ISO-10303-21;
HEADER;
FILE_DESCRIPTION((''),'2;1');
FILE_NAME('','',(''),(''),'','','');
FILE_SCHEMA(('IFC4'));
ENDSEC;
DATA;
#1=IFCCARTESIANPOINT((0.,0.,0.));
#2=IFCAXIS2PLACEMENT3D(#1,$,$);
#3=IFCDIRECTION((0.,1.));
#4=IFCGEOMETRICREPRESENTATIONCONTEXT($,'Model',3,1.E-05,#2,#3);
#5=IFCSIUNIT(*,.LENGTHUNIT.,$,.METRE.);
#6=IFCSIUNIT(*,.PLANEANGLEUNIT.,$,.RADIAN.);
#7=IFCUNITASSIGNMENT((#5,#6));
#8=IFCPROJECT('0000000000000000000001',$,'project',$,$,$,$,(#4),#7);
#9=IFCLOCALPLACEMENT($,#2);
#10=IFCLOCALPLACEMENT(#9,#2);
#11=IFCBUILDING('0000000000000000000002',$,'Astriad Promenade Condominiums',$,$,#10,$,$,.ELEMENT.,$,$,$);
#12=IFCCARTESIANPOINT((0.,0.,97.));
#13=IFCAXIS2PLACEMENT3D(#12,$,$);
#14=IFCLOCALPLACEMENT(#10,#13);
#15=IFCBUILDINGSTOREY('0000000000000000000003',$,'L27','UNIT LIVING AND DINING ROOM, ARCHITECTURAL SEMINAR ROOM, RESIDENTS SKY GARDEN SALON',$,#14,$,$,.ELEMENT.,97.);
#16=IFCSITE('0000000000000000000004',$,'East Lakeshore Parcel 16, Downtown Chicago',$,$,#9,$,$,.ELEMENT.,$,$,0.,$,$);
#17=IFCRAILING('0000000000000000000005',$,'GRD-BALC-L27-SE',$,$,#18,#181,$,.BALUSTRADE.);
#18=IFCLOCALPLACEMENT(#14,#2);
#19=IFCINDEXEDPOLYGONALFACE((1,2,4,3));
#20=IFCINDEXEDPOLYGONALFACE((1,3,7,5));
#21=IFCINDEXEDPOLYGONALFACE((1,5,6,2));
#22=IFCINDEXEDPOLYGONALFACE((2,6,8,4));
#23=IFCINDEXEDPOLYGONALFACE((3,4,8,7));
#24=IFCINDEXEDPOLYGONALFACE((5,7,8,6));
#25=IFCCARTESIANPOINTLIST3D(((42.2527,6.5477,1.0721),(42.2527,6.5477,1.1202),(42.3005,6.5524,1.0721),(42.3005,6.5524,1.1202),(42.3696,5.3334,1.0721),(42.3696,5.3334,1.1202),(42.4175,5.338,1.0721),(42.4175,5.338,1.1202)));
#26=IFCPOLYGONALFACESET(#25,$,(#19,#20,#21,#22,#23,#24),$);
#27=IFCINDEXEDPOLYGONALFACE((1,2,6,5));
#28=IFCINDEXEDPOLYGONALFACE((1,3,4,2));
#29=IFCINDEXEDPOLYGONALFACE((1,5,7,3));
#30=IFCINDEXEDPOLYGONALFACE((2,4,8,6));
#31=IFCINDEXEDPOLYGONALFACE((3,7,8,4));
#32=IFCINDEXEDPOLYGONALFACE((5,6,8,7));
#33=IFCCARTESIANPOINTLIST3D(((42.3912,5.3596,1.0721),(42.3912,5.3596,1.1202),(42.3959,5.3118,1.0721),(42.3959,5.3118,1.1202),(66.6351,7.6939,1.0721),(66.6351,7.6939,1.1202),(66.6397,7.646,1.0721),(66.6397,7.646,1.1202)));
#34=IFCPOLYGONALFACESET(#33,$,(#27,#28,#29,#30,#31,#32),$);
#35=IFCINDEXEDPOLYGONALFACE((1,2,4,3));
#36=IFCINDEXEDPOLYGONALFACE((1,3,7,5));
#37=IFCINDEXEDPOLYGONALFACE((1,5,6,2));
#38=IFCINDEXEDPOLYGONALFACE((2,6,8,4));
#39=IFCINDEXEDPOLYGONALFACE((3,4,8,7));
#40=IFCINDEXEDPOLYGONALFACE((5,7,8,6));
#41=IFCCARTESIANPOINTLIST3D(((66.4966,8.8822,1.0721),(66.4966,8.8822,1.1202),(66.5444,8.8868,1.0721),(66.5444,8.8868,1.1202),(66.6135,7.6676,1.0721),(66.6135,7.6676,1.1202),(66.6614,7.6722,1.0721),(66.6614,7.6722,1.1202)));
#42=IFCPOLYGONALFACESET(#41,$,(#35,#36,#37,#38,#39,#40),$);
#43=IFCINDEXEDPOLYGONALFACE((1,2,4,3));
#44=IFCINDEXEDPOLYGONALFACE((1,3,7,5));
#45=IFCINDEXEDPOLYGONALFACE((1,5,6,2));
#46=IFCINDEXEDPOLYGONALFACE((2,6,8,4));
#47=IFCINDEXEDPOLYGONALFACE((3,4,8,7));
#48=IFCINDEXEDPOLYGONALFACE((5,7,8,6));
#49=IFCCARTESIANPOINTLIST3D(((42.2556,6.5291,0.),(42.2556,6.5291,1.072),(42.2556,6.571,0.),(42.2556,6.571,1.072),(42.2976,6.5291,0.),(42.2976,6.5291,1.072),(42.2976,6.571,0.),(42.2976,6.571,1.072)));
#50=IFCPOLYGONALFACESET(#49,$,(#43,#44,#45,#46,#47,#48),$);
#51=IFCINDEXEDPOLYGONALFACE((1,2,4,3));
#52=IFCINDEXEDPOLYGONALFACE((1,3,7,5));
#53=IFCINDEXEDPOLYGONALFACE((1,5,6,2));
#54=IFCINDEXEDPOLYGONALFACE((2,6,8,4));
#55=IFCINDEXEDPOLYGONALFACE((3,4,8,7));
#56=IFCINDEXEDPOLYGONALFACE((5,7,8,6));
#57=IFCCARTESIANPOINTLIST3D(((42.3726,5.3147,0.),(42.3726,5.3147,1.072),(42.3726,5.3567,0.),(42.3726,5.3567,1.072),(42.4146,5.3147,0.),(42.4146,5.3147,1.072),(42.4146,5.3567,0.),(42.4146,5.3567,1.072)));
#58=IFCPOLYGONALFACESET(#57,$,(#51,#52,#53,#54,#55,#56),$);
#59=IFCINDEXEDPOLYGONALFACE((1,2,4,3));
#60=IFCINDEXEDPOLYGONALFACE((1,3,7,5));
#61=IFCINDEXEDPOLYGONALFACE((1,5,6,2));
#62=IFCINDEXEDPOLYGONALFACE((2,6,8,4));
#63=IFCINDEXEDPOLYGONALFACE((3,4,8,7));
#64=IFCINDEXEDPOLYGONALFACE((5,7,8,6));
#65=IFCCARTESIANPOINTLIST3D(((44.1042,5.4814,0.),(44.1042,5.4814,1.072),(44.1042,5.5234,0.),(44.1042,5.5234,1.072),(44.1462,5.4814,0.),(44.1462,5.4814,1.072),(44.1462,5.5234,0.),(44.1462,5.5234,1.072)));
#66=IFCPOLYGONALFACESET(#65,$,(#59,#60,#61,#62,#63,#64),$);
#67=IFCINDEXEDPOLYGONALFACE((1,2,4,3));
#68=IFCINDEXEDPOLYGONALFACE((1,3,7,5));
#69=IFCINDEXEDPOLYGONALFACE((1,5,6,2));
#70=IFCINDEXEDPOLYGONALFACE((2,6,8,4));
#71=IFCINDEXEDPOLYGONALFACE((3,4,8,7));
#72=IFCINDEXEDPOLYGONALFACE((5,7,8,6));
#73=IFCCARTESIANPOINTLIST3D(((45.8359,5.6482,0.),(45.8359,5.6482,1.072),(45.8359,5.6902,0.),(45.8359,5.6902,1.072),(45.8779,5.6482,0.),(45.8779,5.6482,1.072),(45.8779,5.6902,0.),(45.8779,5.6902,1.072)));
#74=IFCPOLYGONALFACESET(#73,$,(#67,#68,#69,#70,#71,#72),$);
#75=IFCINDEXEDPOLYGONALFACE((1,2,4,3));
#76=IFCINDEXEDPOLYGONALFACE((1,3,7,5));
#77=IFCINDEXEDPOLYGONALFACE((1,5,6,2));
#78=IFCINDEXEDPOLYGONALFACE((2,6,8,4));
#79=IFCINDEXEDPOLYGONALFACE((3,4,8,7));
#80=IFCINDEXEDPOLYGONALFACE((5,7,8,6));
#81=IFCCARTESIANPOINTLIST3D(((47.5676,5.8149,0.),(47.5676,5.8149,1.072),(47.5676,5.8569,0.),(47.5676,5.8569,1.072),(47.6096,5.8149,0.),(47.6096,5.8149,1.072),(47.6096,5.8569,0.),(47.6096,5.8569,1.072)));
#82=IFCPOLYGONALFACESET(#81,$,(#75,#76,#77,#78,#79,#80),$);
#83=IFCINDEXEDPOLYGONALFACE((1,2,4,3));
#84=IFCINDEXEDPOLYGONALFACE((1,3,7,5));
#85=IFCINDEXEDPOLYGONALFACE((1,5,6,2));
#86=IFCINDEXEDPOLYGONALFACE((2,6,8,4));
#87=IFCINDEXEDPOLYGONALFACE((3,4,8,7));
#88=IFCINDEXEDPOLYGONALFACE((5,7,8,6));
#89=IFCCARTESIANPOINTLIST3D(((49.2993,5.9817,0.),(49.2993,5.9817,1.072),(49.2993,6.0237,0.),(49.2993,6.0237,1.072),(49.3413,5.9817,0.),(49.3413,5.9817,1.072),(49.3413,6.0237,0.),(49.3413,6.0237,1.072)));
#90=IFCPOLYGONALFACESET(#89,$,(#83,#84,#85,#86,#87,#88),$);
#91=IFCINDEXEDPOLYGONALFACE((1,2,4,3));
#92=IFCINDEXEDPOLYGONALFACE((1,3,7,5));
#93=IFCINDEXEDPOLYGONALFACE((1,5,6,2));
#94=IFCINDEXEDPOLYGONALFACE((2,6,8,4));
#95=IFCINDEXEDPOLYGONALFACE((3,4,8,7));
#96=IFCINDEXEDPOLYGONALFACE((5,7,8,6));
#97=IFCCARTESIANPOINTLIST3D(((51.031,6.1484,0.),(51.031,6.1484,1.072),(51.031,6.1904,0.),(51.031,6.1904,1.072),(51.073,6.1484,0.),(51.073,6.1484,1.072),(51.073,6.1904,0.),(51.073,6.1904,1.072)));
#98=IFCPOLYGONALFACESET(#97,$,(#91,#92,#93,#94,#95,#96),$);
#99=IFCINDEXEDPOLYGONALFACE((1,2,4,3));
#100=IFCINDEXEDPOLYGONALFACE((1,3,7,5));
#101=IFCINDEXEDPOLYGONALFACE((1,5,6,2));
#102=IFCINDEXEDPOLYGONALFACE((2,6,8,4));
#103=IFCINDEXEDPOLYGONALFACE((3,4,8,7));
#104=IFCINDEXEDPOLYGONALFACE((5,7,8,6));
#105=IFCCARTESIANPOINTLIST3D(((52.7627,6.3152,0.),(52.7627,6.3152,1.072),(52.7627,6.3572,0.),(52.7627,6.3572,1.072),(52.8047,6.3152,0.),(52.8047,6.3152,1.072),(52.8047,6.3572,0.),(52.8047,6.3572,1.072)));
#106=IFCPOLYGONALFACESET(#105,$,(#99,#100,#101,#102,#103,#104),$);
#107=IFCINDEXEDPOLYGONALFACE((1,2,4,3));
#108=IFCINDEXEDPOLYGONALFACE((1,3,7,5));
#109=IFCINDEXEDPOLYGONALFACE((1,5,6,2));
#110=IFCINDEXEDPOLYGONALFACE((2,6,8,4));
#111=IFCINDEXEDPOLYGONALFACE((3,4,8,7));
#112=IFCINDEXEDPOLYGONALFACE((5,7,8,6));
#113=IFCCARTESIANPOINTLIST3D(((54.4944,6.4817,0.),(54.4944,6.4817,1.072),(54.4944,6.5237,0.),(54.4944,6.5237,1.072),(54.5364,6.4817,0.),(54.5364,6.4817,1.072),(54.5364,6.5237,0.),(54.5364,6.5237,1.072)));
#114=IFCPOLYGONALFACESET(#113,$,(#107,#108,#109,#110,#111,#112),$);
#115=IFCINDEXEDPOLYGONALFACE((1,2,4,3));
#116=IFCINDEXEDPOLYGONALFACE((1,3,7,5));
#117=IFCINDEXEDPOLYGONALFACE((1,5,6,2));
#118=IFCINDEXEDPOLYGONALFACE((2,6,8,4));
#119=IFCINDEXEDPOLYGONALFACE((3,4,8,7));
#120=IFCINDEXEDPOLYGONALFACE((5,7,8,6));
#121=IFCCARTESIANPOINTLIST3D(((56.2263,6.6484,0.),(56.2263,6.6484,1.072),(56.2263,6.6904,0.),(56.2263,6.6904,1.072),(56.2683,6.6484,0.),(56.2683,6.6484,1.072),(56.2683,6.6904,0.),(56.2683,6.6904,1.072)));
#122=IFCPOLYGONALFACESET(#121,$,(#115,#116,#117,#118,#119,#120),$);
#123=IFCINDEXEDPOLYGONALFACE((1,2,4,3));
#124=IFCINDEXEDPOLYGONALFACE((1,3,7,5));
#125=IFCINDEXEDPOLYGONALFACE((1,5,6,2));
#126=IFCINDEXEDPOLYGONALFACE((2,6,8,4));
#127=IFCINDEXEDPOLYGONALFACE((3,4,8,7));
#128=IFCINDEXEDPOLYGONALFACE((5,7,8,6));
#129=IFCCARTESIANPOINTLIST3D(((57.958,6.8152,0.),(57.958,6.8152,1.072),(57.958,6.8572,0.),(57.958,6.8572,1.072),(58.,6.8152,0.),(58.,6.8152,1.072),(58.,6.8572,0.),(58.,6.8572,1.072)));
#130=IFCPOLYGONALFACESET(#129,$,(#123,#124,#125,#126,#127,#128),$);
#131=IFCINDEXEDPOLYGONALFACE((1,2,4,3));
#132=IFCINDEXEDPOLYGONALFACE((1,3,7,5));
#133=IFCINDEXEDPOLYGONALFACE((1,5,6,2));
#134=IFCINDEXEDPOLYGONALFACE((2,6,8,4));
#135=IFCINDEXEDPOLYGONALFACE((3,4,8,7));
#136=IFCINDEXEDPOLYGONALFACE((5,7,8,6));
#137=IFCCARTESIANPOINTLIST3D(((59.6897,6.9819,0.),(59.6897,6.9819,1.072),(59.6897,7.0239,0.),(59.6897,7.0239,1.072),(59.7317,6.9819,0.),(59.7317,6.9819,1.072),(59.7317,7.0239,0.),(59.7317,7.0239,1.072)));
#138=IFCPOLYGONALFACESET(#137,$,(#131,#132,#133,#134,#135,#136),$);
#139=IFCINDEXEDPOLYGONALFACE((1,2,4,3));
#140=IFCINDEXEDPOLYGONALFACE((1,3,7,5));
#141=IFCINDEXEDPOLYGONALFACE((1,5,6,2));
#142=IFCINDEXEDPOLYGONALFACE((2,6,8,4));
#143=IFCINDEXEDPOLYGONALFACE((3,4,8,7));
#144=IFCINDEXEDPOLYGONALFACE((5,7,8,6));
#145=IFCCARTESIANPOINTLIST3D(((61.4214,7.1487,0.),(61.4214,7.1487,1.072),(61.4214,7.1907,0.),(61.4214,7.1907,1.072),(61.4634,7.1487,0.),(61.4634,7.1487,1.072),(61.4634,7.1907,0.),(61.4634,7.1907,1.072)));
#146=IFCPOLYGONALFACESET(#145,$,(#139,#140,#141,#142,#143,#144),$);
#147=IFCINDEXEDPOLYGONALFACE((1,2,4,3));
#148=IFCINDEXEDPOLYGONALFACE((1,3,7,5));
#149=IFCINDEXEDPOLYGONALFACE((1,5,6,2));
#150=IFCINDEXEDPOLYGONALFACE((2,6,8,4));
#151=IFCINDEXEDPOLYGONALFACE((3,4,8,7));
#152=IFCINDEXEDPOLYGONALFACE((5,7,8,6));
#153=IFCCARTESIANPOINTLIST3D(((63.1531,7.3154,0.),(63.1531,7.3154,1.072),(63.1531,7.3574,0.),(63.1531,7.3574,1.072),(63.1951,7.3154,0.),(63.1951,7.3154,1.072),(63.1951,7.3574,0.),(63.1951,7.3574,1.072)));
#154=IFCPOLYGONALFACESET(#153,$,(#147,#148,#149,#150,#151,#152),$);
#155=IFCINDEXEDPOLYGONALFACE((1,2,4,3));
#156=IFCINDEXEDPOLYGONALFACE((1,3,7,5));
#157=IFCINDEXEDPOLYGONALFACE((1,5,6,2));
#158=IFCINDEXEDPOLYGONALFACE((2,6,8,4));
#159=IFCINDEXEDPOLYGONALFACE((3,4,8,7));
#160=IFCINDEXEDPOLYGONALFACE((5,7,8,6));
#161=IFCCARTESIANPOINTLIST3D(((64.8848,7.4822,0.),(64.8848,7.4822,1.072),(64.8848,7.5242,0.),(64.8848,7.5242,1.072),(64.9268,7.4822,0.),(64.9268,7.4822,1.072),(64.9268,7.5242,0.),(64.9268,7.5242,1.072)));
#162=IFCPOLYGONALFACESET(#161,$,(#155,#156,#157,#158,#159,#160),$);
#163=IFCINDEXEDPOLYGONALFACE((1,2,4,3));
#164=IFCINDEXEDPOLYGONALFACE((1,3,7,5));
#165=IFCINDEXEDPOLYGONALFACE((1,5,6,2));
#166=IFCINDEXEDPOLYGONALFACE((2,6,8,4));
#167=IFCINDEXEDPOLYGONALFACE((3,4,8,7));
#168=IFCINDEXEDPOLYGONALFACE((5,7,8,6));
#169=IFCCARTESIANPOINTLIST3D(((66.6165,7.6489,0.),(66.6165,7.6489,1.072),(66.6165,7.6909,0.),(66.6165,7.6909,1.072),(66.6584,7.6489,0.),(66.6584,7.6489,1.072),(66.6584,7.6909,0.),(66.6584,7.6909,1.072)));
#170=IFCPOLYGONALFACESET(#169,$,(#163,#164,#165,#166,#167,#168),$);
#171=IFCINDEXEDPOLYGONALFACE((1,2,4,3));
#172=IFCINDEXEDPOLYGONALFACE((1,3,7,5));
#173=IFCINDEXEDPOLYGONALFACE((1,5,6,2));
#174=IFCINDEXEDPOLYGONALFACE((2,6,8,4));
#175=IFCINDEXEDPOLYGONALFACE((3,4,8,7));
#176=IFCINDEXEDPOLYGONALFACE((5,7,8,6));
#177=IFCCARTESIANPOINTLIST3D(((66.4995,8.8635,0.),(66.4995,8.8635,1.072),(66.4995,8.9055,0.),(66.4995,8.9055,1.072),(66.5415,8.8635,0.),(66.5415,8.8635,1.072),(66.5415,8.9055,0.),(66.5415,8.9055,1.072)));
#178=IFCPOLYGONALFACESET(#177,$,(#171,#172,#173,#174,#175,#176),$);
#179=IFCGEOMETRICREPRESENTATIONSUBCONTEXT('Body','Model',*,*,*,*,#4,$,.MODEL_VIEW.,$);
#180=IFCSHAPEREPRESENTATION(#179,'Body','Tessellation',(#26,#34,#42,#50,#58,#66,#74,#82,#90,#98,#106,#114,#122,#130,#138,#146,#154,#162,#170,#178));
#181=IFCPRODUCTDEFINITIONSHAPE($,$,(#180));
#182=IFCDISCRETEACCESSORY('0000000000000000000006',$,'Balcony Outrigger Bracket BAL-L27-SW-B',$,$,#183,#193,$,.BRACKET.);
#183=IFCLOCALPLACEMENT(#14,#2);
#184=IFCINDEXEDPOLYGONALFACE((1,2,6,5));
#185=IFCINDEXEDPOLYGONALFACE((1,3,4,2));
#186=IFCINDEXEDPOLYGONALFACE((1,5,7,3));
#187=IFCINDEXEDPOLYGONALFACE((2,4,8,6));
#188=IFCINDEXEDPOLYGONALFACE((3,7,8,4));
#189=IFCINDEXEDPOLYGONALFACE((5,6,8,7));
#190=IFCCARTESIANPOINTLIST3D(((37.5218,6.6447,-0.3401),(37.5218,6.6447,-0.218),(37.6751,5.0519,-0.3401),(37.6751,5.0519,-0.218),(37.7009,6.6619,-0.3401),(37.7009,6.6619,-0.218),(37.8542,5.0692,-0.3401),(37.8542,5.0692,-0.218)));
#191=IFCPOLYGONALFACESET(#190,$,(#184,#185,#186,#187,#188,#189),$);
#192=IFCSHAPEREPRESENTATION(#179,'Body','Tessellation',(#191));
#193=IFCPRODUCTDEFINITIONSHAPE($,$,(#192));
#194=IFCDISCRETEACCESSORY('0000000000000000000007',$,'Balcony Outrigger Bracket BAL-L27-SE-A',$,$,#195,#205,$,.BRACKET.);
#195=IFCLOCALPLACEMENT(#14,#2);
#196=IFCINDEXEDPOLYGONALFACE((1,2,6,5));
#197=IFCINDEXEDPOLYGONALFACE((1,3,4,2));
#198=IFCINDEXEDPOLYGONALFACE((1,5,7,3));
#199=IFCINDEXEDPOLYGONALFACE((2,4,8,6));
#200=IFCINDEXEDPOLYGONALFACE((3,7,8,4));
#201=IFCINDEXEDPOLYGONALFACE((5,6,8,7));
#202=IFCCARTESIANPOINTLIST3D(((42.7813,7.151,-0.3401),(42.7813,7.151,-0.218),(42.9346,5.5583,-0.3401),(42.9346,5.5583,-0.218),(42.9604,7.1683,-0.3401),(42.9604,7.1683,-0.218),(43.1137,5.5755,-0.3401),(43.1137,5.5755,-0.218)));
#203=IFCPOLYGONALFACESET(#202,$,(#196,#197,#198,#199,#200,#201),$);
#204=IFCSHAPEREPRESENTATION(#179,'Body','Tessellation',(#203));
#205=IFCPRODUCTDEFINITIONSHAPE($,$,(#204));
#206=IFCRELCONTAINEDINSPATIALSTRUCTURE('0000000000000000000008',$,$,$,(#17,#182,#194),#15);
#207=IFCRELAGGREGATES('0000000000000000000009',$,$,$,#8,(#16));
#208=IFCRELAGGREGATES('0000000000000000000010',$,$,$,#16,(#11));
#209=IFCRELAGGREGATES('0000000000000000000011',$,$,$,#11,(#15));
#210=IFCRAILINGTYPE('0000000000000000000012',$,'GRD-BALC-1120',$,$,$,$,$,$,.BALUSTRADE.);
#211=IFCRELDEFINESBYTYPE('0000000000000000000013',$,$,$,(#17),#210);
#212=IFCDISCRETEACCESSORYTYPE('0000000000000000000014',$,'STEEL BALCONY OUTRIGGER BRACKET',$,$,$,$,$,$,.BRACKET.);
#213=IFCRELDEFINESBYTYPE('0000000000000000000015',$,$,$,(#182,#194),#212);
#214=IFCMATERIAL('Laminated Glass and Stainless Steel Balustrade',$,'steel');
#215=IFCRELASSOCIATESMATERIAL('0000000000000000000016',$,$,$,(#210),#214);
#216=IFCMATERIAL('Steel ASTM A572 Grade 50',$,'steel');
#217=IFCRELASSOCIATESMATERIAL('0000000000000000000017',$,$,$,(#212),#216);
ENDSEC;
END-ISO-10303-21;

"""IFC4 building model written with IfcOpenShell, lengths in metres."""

from ifc_helpers import new_model, si_unit, direction, frame, origin, origin_2d, place, context, subcontext, project, spatial, rectangle, extrude, source, transform, mapped, material, type_object, type_shapes, element, save


model = new_model("IFC4")

# Units and contexts
model_context = context("Model", 3, precision=1e-05, world=origin(), true_north=direction((0.0, 1.0)))
body_context = subcontext(model_context, "Body", "Model", "MODEL_VIEW")
ifc_project = project(units=[si_unit("LENGTHUNIT", "METRE"), si_unit("PLANEANGLEUNIT", "RADIAN")], contexts=[model_context])

# Site, building, storey
site_placement = place(None, origin())
site = spatial("IfcSite", under=ifc_project, at=site_placement, Name="East Lakeshore Parcel 16, Downtown Chicago", CompositionType="ELEMENT", RefElevation=0.0)
building_placement = place(site_placement, origin())
building = spatial("IfcBuilding", under=site, at=building_placement, Name="Astriad Promenade Condominiums", CompositionType="ELEMENT")
storey_placement = place(building_placement, frame((0.0, 0.0, 97.0)))
storey = spatial("IfcBuildingStorey", under=building, at=storey_placement, Name="L27", Description="UNIT LIVING AND DINING ROOM, ARCHITECTURAL SEMINAR ROOM, RESIDENTS SKY GARDEN SALON", CompositionType="ELEMENT", Elevation=97.0)

# Railing
ifc_material_1 = material(Name="Laminated Glass and Stainless Steel Balustrade", Category="steel")
railing_type = type_object("IfcRailingType", Name="GRD-BALC-1120", PredefinedType="BALUSTRADE", material=ifc_material_1)
shared_shape_1 = source(origin(), body_context, "Body", "SweptSolid", [
    extrude(rectangle(XDim=0.0481, YDim=0.0481, at=origin_2d()), frame((0.0, 0.0, 1.0962), z_axis=(0.095857, -0.995395, 0.0), x_axis=(0.995395, 0.095857, 0.0)), (0.0, 0.0, 1.0), 1.22),
    extrude(rectangle(XDim=0.0481, YDim=0.0481, at=origin_2d()), frame((0.1169, -1.2144, 1.0962), z_axis=(0.995397, 0.095838, 0.0), x_axis=(-0.095838, 0.995397, 0.0)), (0.0, 0.0, 1.0), 24.356),
    extrude(rectangle(XDim=0.0481, YDim=0.0481, at=origin_2d()), frame((24.3608, 1.1199, 1.0962), z_axis=(-0.095838, 0.995397, 0.0), x_axis=(-0.995397, -0.095838, 0.0)), (0.0, 0.0, 1.0), 1.2202),
    extrude(rectangle(XDim=0.042, YDim=0.042, at=origin_2d()), origin(), (0.0, 0.0, 1.0), 1.072),
    extrude(rectangle(XDim=0.042, YDim=0.042, at=origin_2d()), frame((0.1169, -1.2144, 0.0)), (0.0, 0.0, 1.0), 1.072),
    extrude(rectangle(XDim=0.042, YDim=0.042, at=origin_2d()), frame((1.8486, -1.0476, 0.0)), (0.0, 0.0, 1.0), 1.072),
    extrude(rectangle(XDim=0.042, YDim=0.042, at=origin_2d()), frame((3.5803, -0.8809, 0.0)), (0.0, 0.0, 1.0), 1.072),
    extrude(rectangle(XDim=0.042, YDim=0.042, at=origin_2d()), frame((5.312, -0.7141, 0.0)), (0.0, 0.0, 1.0), 1.072),
    extrude(rectangle(XDim=0.042, YDim=0.042, at=origin_2d()), frame((7.0437, -0.5474, 0.0)), (0.0, 0.0, 1.0), 1.072),
    extrude(rectangle(XDim=0.042, YDim=0.042, at=origin_2d()), frame((8.7754, -0.3806, 0.0)), (0.0, 0.0, 1.0), 1.072),
    extrude(rectangle(XDim=0.042, YDim=0.042, at=origin_2d()), frame((10.5071, -0.2139, 0.0)), (0.0, 0.0, 1.0), 1.072),
    extrude(rectangle(XDim=0.042, YDim=0.042, at=origin_2d()), frame((12.2388, -0.0474, 0.0)), (0.0, 0.0, 1.0), 1.072),
    extrude(rectangle(XDim=0.042, YDim=0.042, at=origin_2d()), frame((13.9707, 0.1194, 0.0)), (0.0, 0.0, 1.0), 1.072),
    extrude(rectangle(XDim=0.042, YDim=0.042, at=origin_2d()), frame((15.7024, 0.2861, 0.0)), (0.0, 0.0, 1.0), 1.072),
    extrude(rectangle(XDim=0.042, YDim=0.042, at=origin_2d()), frame((17.4341, 0.4529, 0.0)), (0.0, 0.0, 1.0), 1.072),
    extrude(rectangle(XDim=0.042, YDim=0.042, at=origin_2d()), frame((19.1658, 0.6196, 0.0)), (0.0, 0.0, 1.0), 1.072),
    extrude(rectangle(XDim=0.042, YDim=0.042, at=origin_2d()), frame((20.8975, 0.7864, 0.0)), (0.0, 0.0, 1.0), 1.072),
    extrude(rectangle(XDim=0.042, YDim=0.042, at=origin_2d()), frame((22.6292, 0.9531, 0.0)), (0.0, 0.0, 1.0), 1.072),
    extrude(rectangle(XDim=0.042, YDim=0.042, at=origin_2d()), frame((24.3608, 1.1199, 0.0)), (0.0, 0.0, 1.0), 1.072),
    extrude(rectangle(XDim=0.042, YDim=0.042, at=origin_2d()), frame((24.2439, 2.3345, 0.0)), (0.0, 0.0, 1.0), 1.072),
])
type_shapes(railing_type, [shared_shape_1])
railing_placement = place(storey_placement, frame((42.2766, 6.55, 0.0)))
element("IfcRailing", 1, at=railing_placement, inside=storey, type_object=railing_type, Name="GRD-BALC-L27-SE", PredefinedType="BALUSTRADE", context=body_context, shape_type="MappedRepresentation", body=[
    mapped(shared_shape_1, transform((0.0, 0.0, 0.0), scale=1.0)),
])

# Discrete accessories
ifc_material_2 = material(Name="Steel ASTM A572 Grade 50", Category="steel")
discrete_accessory_type = type_object("IfcDiscreteAccessoryType", Name="STEEL BALCONY OUTRIGGER BRACKET", PredefinedType="BRACKET", material=ifc_material_2)
shared_shape_2 = source(origin(), body_context, "Body", "SweptSolid", [
    extrude(rectangle(XDim=1.6001, YDim=0.1799, at=origin_2d()), origin(), (0.0, 0.0, 1.0), 0.1221),
])
type_shapes(discrete_accessory_type, [shared_shape_2])
for number, where, z_axis, x_axis, name in (
    (2, (37.688, 5.8569, -0.3401), (0.0, 0.0, 1.0), (0.095846, -0.995396, 0.0), "Balcony Outrigger Bracket BAL-L27-SW-B"),
    (3, (42.9475, 6.3633, -0.3401), (0.0, 0.0, 1.0), (0.095846, -0.995396, 0.0), "Balcony Outrigger Bracket BAL-L27-SE-A"),
):
    element("IfcDiscreteAccessory", number, at=place(storey_placement, frame(where, z_axis=z_axis, x_axis=x_axis)), inside=storey, type_object=discrete_accessory_type, Name=name, PredefinedType="BRACKET", context=body_context, shape_type="MappedRepresentation", body=[
        mapped(shared_shape_2, transform((0.0, 0.0, 0.0), scale=1.0)),
    ])

save(model, "model.ifc")
